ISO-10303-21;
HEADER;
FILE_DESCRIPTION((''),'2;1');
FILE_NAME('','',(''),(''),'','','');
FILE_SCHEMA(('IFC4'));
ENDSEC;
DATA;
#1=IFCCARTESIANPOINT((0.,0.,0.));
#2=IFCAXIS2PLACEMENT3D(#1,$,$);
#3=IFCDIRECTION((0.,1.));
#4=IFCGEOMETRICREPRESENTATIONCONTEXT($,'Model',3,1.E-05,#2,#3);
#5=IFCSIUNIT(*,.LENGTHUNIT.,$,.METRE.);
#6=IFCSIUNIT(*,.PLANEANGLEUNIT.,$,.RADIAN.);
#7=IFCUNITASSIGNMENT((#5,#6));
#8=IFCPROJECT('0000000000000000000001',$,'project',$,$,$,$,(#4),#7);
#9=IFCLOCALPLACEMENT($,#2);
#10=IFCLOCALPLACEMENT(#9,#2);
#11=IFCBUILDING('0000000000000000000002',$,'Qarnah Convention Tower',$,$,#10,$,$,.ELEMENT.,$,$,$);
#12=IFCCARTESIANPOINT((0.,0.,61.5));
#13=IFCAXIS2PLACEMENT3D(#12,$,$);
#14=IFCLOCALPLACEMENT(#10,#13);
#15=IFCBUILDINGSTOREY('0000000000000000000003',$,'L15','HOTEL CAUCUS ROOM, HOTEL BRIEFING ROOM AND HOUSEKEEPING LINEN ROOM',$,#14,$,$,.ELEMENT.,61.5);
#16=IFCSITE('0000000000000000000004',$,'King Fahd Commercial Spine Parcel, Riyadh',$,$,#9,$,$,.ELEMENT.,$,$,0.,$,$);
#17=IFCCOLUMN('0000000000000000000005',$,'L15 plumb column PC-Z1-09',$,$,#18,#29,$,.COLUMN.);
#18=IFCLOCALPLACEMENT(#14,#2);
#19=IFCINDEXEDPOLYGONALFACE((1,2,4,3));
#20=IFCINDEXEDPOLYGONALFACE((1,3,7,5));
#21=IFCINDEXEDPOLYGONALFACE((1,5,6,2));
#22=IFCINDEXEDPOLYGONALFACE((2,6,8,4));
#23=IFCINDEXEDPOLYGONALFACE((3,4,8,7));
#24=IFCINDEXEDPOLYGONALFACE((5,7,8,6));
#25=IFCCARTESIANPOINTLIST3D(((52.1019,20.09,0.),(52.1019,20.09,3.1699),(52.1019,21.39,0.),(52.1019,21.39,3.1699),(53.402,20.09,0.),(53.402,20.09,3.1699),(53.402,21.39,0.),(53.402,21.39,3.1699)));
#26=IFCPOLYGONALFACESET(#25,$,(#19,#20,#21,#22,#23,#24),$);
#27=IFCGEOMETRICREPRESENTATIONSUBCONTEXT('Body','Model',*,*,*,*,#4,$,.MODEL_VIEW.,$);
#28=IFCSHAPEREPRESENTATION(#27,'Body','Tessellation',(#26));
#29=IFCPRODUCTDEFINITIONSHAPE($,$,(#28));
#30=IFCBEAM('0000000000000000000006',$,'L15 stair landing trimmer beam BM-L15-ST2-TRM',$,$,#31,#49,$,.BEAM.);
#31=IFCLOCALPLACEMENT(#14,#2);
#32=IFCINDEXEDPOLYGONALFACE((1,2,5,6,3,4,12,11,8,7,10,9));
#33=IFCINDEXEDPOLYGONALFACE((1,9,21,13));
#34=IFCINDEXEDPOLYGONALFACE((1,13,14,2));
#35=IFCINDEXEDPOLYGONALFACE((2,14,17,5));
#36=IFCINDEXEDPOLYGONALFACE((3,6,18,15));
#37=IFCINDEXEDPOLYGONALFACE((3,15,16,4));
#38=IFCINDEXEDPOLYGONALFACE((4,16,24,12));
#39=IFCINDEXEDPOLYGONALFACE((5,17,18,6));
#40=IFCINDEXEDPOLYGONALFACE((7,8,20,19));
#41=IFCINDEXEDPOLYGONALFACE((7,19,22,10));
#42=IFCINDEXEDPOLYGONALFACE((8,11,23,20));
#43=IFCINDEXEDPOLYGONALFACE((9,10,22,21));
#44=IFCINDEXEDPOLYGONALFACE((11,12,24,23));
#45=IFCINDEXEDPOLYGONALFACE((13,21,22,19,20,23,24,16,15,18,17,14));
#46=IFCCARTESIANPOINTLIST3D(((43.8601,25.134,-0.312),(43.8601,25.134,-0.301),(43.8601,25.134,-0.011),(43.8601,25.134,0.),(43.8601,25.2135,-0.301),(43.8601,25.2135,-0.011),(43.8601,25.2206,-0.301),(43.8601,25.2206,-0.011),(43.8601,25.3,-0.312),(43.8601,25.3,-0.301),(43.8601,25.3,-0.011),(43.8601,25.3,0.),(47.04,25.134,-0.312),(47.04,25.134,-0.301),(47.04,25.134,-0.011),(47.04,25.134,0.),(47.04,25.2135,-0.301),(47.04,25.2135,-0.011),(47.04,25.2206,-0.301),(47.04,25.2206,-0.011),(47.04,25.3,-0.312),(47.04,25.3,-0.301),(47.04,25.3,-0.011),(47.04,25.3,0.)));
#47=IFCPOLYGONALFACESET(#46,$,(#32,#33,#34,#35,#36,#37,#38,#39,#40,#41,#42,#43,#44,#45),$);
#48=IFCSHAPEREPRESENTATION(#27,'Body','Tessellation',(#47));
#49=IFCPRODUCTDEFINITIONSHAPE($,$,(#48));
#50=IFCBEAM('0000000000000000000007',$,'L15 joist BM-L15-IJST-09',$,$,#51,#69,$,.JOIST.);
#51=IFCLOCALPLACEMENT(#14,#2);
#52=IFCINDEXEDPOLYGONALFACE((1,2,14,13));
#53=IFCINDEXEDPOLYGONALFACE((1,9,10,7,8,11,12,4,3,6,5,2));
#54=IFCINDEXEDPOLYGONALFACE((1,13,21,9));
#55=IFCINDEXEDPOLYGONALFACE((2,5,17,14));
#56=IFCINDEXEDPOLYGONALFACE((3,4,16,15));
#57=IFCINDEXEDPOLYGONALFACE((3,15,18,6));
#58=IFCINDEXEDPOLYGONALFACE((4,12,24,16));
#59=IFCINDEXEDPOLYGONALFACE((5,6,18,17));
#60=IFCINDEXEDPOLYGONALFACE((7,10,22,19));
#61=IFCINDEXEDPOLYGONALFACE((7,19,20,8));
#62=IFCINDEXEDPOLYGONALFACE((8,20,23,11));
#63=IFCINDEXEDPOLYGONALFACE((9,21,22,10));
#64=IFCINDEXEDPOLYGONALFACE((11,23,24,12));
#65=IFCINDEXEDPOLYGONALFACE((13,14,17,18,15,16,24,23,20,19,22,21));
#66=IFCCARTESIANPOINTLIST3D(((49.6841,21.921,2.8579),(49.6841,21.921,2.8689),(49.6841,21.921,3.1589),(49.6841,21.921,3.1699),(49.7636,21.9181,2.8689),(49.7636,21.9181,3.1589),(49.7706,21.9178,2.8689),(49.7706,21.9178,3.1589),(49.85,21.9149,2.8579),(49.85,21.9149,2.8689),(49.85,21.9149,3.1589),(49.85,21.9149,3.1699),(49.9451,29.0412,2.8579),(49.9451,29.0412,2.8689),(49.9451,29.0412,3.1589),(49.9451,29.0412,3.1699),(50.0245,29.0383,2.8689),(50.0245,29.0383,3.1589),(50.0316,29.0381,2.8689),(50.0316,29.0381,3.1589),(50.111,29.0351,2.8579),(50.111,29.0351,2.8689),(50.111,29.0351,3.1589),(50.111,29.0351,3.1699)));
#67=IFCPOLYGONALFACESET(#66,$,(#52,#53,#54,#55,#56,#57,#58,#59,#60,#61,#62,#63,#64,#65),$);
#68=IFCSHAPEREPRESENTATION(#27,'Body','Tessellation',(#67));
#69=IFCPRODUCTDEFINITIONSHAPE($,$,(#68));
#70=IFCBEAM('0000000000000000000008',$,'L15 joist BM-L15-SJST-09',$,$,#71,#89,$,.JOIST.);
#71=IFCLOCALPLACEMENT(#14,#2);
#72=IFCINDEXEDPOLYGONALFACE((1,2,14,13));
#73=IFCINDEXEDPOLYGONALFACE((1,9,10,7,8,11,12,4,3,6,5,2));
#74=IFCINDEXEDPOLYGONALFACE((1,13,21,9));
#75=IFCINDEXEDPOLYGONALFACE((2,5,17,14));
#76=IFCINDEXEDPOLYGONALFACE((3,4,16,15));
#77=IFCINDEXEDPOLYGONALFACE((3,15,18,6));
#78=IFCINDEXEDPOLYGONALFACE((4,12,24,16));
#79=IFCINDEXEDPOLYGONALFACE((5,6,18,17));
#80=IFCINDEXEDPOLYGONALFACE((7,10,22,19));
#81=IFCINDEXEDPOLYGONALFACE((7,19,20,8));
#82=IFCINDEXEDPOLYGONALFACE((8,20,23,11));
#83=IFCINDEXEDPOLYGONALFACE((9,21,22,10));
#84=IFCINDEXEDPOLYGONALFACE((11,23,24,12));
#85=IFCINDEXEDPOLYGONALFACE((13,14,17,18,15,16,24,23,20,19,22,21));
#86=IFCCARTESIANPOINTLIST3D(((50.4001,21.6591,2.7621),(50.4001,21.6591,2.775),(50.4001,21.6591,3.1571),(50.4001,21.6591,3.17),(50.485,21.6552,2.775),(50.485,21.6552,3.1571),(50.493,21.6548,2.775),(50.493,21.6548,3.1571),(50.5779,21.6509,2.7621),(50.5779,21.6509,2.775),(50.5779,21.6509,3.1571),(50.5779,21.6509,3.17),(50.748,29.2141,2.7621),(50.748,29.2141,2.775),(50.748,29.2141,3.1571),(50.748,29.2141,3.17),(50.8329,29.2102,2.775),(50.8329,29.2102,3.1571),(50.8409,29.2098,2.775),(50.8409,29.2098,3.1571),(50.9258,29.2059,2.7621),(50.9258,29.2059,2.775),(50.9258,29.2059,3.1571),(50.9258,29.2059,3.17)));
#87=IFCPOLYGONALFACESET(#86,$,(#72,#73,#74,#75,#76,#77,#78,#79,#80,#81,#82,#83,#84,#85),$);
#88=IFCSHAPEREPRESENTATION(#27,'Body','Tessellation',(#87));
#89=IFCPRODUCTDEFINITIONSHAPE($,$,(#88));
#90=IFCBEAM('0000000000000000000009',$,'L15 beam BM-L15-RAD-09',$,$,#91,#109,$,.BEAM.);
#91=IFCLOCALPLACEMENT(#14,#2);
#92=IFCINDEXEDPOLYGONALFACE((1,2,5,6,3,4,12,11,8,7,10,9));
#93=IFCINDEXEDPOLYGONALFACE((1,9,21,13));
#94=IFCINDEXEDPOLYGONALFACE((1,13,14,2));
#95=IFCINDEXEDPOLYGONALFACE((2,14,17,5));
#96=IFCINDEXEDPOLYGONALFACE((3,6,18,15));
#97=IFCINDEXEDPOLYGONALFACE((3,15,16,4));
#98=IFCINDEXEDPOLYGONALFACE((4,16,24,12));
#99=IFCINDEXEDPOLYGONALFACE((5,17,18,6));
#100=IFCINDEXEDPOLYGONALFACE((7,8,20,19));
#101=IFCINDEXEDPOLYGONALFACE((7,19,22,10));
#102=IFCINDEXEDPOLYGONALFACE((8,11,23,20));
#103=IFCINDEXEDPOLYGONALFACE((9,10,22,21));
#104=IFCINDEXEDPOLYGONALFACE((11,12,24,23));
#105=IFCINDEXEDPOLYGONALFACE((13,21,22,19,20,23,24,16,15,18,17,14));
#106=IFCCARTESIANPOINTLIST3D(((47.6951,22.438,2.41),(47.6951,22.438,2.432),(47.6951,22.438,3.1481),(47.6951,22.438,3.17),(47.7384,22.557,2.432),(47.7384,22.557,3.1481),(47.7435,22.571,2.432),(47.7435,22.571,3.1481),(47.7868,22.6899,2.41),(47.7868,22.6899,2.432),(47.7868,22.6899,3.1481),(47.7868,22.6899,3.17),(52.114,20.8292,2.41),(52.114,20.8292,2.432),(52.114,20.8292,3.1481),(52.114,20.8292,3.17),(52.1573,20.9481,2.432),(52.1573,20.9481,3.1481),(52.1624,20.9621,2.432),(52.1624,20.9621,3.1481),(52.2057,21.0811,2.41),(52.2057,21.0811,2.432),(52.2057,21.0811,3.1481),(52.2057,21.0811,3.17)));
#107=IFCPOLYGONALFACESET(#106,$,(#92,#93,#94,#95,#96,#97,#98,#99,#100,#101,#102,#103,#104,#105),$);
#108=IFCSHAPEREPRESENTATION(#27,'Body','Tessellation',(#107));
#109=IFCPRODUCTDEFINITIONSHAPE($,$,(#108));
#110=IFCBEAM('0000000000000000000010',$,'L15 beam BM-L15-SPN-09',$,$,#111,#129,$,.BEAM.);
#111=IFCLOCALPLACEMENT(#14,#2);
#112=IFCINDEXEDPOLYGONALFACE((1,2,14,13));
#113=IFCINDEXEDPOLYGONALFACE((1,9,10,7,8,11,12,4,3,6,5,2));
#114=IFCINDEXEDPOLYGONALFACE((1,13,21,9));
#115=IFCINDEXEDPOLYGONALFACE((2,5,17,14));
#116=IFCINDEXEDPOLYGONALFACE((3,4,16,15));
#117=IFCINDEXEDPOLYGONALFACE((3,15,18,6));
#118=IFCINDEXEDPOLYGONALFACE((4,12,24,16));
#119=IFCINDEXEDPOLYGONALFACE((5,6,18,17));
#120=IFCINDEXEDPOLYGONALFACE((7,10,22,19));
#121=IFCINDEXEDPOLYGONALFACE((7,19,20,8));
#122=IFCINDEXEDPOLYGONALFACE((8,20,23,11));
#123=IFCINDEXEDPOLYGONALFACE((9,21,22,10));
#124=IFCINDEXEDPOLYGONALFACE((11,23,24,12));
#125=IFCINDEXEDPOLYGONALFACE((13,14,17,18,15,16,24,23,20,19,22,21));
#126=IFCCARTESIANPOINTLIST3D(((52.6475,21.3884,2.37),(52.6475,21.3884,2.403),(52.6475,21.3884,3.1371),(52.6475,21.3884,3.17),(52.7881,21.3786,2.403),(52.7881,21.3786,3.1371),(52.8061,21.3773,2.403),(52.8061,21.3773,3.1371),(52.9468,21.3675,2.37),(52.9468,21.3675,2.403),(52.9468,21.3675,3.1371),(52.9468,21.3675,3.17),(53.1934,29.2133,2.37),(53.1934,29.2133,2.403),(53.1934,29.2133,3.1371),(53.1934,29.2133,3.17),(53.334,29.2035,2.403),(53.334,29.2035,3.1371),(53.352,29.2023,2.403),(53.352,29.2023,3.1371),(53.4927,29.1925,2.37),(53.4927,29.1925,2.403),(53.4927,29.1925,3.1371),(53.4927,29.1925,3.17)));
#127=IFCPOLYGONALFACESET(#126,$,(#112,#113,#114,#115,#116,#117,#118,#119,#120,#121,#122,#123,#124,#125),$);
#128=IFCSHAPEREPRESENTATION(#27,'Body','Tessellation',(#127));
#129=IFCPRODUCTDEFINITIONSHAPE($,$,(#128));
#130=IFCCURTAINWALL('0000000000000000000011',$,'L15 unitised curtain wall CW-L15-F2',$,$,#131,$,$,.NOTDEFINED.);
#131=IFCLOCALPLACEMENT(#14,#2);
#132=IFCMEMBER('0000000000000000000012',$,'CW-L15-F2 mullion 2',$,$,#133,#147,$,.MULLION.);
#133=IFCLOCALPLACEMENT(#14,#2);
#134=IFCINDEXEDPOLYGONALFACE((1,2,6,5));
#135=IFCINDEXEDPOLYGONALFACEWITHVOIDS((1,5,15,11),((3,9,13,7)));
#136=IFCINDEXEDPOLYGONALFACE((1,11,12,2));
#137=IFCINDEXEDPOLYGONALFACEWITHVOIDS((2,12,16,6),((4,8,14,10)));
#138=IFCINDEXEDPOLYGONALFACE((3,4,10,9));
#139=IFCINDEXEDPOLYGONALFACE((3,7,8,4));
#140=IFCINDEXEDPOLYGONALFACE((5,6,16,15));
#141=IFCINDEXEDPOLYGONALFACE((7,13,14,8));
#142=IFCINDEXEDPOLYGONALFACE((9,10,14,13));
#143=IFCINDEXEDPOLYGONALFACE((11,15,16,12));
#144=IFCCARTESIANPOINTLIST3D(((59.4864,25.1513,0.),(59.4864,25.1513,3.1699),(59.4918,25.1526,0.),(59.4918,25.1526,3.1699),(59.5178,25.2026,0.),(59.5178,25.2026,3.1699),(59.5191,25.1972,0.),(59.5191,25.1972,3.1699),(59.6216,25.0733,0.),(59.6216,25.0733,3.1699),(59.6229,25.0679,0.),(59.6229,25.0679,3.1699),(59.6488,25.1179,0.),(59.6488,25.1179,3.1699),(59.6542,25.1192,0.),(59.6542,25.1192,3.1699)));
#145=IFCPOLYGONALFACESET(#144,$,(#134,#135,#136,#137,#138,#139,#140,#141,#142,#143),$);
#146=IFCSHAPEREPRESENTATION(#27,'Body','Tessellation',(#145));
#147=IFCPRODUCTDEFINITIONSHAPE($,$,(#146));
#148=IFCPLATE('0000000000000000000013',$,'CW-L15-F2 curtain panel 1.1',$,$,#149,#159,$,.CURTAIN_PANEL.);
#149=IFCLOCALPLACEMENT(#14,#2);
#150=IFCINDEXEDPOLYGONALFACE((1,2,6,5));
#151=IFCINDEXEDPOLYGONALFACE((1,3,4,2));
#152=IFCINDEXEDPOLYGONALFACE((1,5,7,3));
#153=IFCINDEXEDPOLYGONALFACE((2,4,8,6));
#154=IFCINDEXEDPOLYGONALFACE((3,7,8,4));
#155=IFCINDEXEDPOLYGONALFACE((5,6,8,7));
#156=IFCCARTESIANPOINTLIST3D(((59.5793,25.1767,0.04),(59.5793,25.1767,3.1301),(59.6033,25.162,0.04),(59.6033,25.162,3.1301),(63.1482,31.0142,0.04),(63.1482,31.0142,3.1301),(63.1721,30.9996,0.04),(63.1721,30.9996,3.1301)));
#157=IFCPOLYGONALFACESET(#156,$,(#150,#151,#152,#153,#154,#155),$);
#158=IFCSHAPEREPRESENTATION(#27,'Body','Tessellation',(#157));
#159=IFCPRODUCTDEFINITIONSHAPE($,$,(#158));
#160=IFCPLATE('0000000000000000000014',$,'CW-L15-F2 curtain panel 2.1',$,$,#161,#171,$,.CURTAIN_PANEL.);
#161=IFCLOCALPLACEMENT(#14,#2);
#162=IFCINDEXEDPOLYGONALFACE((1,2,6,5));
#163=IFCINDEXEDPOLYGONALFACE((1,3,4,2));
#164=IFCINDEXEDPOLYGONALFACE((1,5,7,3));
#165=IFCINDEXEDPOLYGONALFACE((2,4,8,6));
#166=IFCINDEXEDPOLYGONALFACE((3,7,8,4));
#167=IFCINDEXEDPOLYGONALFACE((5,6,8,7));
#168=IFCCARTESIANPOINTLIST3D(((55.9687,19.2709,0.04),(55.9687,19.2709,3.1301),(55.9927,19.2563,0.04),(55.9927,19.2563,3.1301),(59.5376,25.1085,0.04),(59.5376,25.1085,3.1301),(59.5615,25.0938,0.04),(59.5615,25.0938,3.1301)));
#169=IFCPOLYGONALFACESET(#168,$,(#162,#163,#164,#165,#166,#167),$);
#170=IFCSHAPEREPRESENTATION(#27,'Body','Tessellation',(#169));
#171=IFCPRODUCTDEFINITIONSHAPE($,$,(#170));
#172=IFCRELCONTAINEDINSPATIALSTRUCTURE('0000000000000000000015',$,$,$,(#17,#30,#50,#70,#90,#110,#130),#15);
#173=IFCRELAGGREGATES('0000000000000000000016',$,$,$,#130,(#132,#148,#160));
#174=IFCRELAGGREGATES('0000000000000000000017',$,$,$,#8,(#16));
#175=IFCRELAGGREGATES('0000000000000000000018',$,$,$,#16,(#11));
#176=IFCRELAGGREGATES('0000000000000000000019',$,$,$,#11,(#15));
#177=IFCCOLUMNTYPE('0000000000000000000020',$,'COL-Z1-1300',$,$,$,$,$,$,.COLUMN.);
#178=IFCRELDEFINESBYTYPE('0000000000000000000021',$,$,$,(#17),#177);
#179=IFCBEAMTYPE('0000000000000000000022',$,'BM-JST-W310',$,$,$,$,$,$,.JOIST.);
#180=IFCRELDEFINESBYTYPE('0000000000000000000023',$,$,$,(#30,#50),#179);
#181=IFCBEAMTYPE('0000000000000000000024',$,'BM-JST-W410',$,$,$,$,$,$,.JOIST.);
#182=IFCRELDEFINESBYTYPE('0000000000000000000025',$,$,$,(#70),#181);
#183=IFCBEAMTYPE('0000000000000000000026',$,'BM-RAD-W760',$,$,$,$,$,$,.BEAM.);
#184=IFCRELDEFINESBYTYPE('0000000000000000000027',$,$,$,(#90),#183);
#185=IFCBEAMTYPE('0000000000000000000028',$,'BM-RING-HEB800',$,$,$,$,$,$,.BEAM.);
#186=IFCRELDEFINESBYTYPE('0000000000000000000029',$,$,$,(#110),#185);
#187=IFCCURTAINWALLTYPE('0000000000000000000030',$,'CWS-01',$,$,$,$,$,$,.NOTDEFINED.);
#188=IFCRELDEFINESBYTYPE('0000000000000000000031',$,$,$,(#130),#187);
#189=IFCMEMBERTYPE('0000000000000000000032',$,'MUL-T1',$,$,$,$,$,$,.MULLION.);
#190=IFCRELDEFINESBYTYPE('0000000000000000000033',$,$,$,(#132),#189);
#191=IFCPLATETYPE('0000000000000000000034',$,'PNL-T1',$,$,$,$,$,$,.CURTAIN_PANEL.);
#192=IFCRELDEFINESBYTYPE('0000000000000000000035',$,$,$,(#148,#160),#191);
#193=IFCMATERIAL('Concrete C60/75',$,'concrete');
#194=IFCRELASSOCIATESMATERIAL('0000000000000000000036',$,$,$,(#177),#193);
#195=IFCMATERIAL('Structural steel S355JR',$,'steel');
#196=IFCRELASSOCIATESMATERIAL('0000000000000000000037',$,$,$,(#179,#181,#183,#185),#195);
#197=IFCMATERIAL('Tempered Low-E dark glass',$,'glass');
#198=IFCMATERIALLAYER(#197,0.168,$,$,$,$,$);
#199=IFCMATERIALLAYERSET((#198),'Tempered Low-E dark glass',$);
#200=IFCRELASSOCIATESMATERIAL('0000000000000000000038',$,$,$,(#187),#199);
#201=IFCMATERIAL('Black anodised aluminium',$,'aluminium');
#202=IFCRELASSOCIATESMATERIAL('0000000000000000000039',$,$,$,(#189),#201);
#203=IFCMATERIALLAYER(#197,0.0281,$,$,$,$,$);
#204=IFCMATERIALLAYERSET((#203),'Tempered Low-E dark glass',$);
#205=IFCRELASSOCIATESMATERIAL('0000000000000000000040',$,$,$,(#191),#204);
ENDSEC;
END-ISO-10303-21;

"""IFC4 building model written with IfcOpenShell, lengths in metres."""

from ifc_helpers import new_model, si_unit, direction, frame, origin, origin_2d, place, context, subcontext, project, spatial, rectangle, hollow_rectangle, i_section, extrude, material, layer, layer_set, material_profile, profile_set, type_object, element, aggregate, save


model = new_model("IFC4")

# Units and contexts
model_context = context("Model", 3, precision=1e-05, world=origin(), true_north=direction((0.0, 1.0)))
body_context = subcontext(model_context, "Body", "Model", "MODEL_VIEW")
ifc_project = project(units=[si_unit("LENGTHUNIT", "METRE"), si_unit("PLANEANGLEUNIT", "RADIAN")], contexts=[model_context])

# Site, building, storey
site_placement = place(None, origin())
site = spatial("IfcSite", under=ifc_project, at=site_placement, Name="King Fahd Commercial Spine Parcel, Riyadh", CompositionType="ELEMENT", RefElevation=0.0)
building_placement = place(site_placement, origin())
building = spatial("IfcBuilding", under=site, at=building_placement, Name="Qarnah Convention Tower", CompositionType="ELEMENT")
storey_placement = place(building_placement, frame((0.0, 0.0, 61.5)))
storey = spatial("IfcBuildingStorey", under=building, at=storey_placement, Name="L15", Description="HOTEL CAUCUS ROOM, HOTEL BRIEFING ROOM AND HOUSEKEEPING LINEN ROOM", CompositionType="ELEMENT", Elevation=61.5)

# Column
ifc_material_1 = material(Name="Concrete C60/75", Category="concrete")
ifc_material_profile_1 = material_profile(ifc_material_1, rectangle(XDim=1.3, YDim=1.3, at=origin_2d()), Name="RC-COL-1300X1300")
ifc_profile_set_1 = profile_set([ifc_material_profile_1], Name="Concrete C60/75")
column_type = type_object("IfcColumnType", Name="COL-Z1-1300", PredefinedType="COLUMN", material=ifc_profile_set_1)
column_placement = place(storey_placement, frame((52.752, 20.74, 0.0), z_axis=(0.0, 0.0, 1.0), x_axis=(1.0, 0.0, 0.0)))
element("IfcColumn", 1, at=column_placement, inside=storey, type_object=column_type, Name="L15 plumb column PC-Z1-09", PredefinedType="COLUMN", context=body_context, shape_type="SweptSolid", body=[
    extrude(rectangle(XDim=1.3, YDim=1.3, at=origin_2d()), origin(), (0.0, 0.0, 1.0), 3.1699),
])

# Beams
ifc_material_2 = material(Name="Structural steel S355JR", Category="steel")
ifc_material_profile_2 = material_profile(ifc_material_2, i_section(OverallWidth=0.166, OverallDepth=0.312, WebThickness=0.0071, FlangeThickness=0.011, at=origin_2d()), Name="W310X45")
ifc_profile_set_2 = profile_set([ifc_material_profile_2], Name="Structural steel S355JR")
beam_type_1 = type_object("IfcBeamType", Name="BM-JST-W310", PredefinedType="JOIST", material=ifc_profile_set_2)
beam_1_placement = place(storey_placement, frame((43.8601, 25.217, -0.156), z_axis=(1.0, 0.0, 0.0), x_axis=(0.0, 1.0, 0.0)))
element("IfcBeam", 2, at=beam_1_placement, inside=storey, type_object=beam_type_1, Name="L15 stair landing trimmer beam BM-L15-ST2-TRM", PredefinedType="BEAM", context=body_context, shape_type="SweptSolid", body=[
    extrude(i_section(OverallWidth=0.166, OverallDepth=0.312, WebThickness=0.0071, FlangeThickness=0.011, at=origin_2d()), origin(), (0.0, 0.0, 1.0), 3.1799),
])
beam_2_placement = place(storey_placement, frame((49.7671, 21.918, 3.0139), z_axis=(0.03663, 0.999329, 0.0), x_axis=(-0.999329, 0.03663, 0.0)))
element("IfcBeam", 3, at=beam_2_placement, inside=storey, type_object=beam_type_1, Name="L15 joist BM-L15-IJST-09", PredefinedType="JOIST", context=body_context, shape_type="SweptSolid", body=[
    extrude(i_section(OverallWidth=0.166, OverallDepth=0.312, WebThickness=0.0071, FlangeThickness=0.011, at=origin_2d()), origin(), (0.0, 0.0, 1.0), 7.125),
])
ifc_material_profile_3 = material_profile(ifc_material_2, i_section(OverallWidth=0.178, OverallDepth=0.408, WebThickness=0.0081, FlangeThickness=0.0129, at=origin_2d()), Name="W410X60")
ifc_profile_set_3 = profile_set([ifc_material_profile_3], Name="Structural steel S355JR")
beam_type_2 = type_object("IfcBeamType", Name="BM-JST-W410", PredefinedType="JOIST", material=ifc_profile_set_3)
beam_3_placement = place(storey_placement, frame((50.489, 21.655, 2.9661), z_axis=(0.046001, 0.998941, 0.0), x_axis=(-0.998941, 0.046001, 0.0)))
element("IfcBeam", 4, at=beam_3_placement, inside=storey, type_object=beam_type_2, Name="L15 joist BM-L15-SJST-09", PredefinedType="JOIST", context=body_context, shape_type="SweptSolid", body=[
    extrude(i_section(OverallWidth=0.178, OverallDepth=0.408, WebThickness=0.0081, FlangeThickness=0.0129, at=origin_2d()), origin(), (0.0, 0.0, 1.0), 7.563),
])
ifc_material_profile_4 = material_profile(ifc_material_2, i_section(OverallWidth=0.2681, OverallDepth=0.76, WebThickness=0.0149, FlangeThickness=0.022, at=origin_2d()), Name="W760X185")
ifc_profile_set_4 = profile_set([ifc_material_profile_4], Name="Structural steel S355JR")
beam_type_3 = type_object("IfcBeamType", Name="BM-RAD-W760", PredefinedType="BEAM", material=ifc_profile_set_4)
beam_4_placement = place(storey_placement, frame((47.741, 22.564, 2.79), z_axis=(0.939657, -0.342118, 0.0), x_axis=(0.342118, 0.939657, 0.0)))
element("IfcBeam", 5, at=beam_4_placement, inside=storey, type_object=beam_type_3, Name="L15 beam BM-L15-RAD-09", PredefinedType="BEAM", context=body_context, shape_type="SweptSolid", body=[
    extrude(i_section(OverallWidth=0.2681, OverallDepth=0.76, WebThickness=0.0149, FlangeThickness=0.022, at=origin_2d()), origin(), (0.0, 0.0, 1.0), 4.7026),
])
ifc_material_profile_5 = material_profile(ifc_material_2, i_section(OverallWidth=0.3, OverallDepth=0.8, WebThickness=0.0181, FlangeThickness=0.033, at=origin_2d()), Name="HEB800")
ifc_profile_set_5 = profile_set([ifc_material_profile_5], Name="Structural steel S355JR")
beam_type_4 = type_object("IfcBeamType", Name="BM-RING-HEB800", PredefinedType="BEAM", material=ifc_profile_set_5)
beam_5_placement = place(storey_placement, frame((52.7971, 21.3779, 2.77), z_axis=(0.069595, 0.997575, 0.0), x_axis=(-0.997575, 0.069595, 0.0)))
element("IfcBeam", 6, at=beam_5_placement, inside=storey, type_object=beam_type_4, Name="L15 beam BM-L15-SPN-09", PredefinedType="BEAM", context=body_context, shape_type="SweptSolid", body=[
    extrude(i_section(OverallWidth=0.3, OverallDepth=0.8, WebThickness=0.0181, FlangeThickness=0.033, at=origin_2d()), origin(), (0.0, 0.0, 1.0), 7.844),
])

# Curtain wall, member, plates
ifc_material_3 = material(Name="Tempered Low-E dark glass", Category="glass")
ifc_layer_1 = layer(ifc_material_3, 0.168)
ifc_layer_set_1 = layer_set([ifc_layer_1], Name="Tempered Low-E dark glass")
curtain_wall_type = type_object("IfcCurtainWallType", Name="CWS-01", PredefinedType="NOTDEFINED", material=ifc_layer_set_1)
curtain_wall_placement = place(storey_placement, origin())
curtain_wall = element("IfcCurtainWall", 7, at=curtain_wall_placement, inside=storey, type_object=curtain_wall_type, Name="L15 unitised curtain wall CW-L15-F2", PredefinedType="NOTDEFINED")
ifc_material_4 = material(Name="Black anodised aluminium", Category="aluminium")
ifc_material_profile_6 = material_profile(ifc_material_4, hollow_rectangle(XDim=0.0601, YDim=0.1599, WallThickness=0.0039, at=origin_2d()), Name="MUL-60X160")
ifc_profile_set_6 = profile_set([ifc_material_profile_6], Name="Black anodised aluminium")
member_type = type_object("IfcMemberType", Name="MUL-T1", PredefinedType="MULLION", material=ifc_profile_set_6)
member_placement = place(storey_placement, frame((59.5703, 25.1353, 0.0), z_axis=(0.0, 0.0, 1.0), x_axis=(-0.521608, -0.853185, 0.0)))
member = element("IfcMember", 8, at=member_placement, type_object=member_type, Name="CW-L15-F2 mullion 2", PredefinedType="MULLION", context=body_context, shape_type="SweptSolid", body=[
    extrude(hollow_rectangle(XDim=0.0601, YDim=0.1599, WallThickness=0.0039, at=origin_2d()), origin(), (0.0, 0.0, 1.0), 3.1699),
])
ifc_layer_2 = layer(ifc_material_3, 0.0281)
ifc_layer_set_2 = layer_set([ifc_layer_2], Name="Tempered Low-E dark glass")
plate_type = type_object("IfcPlateType", Name="PNL-T1", PredefinedType="CURTAIN_PANEL", material=ifc_layer_set_2)
plate_1_placement = place(storey_placement, frame((61.3757, 28.0881, 0.04), z_axis=(0.0, 0.0, 1.0), x_axis=(-0.521608, -0.853185, 0.0)))
plate_1 = element("IfcPlate", 9, at=plate_1_placement, type_object=plate_type, Name="CW-L15-F2 curtain panel 1.1", PredefinedType="CURTAIN_PANEL", context=body_context, shape_type="SweptSolid", body=[
    extrude(rectangle(XDim=6.842, YDim=0.0281, at=origin_2d()), origin(), (0.0, 0.0, 1.0), 3.0901),
])
plate_2_placement = place(storey_placement, frame((57.7651, 22.1824, 0.04), z_axis=(0.0, 0.0, 1.0), x_axis=(-0.521608, -0.853185, 0.0)))
plate_2 = element("IfcPlate", 10, at=plate_2_placement, type_object=plate_type, Name="CW-L15-F2 curtain panel 2.1", PredefinedType="CURTAIN_PANEL", context=body_context, shape_type="SweptSolid", body=[
    extrude(rectangle(XDim=6.842, YDim=0.0281, at=origin_2d()), origin(), (0.0, 0.0, 1.0), 3.0901),
])
aggregate(curtain_wall, [member, plate_1, plate_2])

save(model, "model.ifc")
